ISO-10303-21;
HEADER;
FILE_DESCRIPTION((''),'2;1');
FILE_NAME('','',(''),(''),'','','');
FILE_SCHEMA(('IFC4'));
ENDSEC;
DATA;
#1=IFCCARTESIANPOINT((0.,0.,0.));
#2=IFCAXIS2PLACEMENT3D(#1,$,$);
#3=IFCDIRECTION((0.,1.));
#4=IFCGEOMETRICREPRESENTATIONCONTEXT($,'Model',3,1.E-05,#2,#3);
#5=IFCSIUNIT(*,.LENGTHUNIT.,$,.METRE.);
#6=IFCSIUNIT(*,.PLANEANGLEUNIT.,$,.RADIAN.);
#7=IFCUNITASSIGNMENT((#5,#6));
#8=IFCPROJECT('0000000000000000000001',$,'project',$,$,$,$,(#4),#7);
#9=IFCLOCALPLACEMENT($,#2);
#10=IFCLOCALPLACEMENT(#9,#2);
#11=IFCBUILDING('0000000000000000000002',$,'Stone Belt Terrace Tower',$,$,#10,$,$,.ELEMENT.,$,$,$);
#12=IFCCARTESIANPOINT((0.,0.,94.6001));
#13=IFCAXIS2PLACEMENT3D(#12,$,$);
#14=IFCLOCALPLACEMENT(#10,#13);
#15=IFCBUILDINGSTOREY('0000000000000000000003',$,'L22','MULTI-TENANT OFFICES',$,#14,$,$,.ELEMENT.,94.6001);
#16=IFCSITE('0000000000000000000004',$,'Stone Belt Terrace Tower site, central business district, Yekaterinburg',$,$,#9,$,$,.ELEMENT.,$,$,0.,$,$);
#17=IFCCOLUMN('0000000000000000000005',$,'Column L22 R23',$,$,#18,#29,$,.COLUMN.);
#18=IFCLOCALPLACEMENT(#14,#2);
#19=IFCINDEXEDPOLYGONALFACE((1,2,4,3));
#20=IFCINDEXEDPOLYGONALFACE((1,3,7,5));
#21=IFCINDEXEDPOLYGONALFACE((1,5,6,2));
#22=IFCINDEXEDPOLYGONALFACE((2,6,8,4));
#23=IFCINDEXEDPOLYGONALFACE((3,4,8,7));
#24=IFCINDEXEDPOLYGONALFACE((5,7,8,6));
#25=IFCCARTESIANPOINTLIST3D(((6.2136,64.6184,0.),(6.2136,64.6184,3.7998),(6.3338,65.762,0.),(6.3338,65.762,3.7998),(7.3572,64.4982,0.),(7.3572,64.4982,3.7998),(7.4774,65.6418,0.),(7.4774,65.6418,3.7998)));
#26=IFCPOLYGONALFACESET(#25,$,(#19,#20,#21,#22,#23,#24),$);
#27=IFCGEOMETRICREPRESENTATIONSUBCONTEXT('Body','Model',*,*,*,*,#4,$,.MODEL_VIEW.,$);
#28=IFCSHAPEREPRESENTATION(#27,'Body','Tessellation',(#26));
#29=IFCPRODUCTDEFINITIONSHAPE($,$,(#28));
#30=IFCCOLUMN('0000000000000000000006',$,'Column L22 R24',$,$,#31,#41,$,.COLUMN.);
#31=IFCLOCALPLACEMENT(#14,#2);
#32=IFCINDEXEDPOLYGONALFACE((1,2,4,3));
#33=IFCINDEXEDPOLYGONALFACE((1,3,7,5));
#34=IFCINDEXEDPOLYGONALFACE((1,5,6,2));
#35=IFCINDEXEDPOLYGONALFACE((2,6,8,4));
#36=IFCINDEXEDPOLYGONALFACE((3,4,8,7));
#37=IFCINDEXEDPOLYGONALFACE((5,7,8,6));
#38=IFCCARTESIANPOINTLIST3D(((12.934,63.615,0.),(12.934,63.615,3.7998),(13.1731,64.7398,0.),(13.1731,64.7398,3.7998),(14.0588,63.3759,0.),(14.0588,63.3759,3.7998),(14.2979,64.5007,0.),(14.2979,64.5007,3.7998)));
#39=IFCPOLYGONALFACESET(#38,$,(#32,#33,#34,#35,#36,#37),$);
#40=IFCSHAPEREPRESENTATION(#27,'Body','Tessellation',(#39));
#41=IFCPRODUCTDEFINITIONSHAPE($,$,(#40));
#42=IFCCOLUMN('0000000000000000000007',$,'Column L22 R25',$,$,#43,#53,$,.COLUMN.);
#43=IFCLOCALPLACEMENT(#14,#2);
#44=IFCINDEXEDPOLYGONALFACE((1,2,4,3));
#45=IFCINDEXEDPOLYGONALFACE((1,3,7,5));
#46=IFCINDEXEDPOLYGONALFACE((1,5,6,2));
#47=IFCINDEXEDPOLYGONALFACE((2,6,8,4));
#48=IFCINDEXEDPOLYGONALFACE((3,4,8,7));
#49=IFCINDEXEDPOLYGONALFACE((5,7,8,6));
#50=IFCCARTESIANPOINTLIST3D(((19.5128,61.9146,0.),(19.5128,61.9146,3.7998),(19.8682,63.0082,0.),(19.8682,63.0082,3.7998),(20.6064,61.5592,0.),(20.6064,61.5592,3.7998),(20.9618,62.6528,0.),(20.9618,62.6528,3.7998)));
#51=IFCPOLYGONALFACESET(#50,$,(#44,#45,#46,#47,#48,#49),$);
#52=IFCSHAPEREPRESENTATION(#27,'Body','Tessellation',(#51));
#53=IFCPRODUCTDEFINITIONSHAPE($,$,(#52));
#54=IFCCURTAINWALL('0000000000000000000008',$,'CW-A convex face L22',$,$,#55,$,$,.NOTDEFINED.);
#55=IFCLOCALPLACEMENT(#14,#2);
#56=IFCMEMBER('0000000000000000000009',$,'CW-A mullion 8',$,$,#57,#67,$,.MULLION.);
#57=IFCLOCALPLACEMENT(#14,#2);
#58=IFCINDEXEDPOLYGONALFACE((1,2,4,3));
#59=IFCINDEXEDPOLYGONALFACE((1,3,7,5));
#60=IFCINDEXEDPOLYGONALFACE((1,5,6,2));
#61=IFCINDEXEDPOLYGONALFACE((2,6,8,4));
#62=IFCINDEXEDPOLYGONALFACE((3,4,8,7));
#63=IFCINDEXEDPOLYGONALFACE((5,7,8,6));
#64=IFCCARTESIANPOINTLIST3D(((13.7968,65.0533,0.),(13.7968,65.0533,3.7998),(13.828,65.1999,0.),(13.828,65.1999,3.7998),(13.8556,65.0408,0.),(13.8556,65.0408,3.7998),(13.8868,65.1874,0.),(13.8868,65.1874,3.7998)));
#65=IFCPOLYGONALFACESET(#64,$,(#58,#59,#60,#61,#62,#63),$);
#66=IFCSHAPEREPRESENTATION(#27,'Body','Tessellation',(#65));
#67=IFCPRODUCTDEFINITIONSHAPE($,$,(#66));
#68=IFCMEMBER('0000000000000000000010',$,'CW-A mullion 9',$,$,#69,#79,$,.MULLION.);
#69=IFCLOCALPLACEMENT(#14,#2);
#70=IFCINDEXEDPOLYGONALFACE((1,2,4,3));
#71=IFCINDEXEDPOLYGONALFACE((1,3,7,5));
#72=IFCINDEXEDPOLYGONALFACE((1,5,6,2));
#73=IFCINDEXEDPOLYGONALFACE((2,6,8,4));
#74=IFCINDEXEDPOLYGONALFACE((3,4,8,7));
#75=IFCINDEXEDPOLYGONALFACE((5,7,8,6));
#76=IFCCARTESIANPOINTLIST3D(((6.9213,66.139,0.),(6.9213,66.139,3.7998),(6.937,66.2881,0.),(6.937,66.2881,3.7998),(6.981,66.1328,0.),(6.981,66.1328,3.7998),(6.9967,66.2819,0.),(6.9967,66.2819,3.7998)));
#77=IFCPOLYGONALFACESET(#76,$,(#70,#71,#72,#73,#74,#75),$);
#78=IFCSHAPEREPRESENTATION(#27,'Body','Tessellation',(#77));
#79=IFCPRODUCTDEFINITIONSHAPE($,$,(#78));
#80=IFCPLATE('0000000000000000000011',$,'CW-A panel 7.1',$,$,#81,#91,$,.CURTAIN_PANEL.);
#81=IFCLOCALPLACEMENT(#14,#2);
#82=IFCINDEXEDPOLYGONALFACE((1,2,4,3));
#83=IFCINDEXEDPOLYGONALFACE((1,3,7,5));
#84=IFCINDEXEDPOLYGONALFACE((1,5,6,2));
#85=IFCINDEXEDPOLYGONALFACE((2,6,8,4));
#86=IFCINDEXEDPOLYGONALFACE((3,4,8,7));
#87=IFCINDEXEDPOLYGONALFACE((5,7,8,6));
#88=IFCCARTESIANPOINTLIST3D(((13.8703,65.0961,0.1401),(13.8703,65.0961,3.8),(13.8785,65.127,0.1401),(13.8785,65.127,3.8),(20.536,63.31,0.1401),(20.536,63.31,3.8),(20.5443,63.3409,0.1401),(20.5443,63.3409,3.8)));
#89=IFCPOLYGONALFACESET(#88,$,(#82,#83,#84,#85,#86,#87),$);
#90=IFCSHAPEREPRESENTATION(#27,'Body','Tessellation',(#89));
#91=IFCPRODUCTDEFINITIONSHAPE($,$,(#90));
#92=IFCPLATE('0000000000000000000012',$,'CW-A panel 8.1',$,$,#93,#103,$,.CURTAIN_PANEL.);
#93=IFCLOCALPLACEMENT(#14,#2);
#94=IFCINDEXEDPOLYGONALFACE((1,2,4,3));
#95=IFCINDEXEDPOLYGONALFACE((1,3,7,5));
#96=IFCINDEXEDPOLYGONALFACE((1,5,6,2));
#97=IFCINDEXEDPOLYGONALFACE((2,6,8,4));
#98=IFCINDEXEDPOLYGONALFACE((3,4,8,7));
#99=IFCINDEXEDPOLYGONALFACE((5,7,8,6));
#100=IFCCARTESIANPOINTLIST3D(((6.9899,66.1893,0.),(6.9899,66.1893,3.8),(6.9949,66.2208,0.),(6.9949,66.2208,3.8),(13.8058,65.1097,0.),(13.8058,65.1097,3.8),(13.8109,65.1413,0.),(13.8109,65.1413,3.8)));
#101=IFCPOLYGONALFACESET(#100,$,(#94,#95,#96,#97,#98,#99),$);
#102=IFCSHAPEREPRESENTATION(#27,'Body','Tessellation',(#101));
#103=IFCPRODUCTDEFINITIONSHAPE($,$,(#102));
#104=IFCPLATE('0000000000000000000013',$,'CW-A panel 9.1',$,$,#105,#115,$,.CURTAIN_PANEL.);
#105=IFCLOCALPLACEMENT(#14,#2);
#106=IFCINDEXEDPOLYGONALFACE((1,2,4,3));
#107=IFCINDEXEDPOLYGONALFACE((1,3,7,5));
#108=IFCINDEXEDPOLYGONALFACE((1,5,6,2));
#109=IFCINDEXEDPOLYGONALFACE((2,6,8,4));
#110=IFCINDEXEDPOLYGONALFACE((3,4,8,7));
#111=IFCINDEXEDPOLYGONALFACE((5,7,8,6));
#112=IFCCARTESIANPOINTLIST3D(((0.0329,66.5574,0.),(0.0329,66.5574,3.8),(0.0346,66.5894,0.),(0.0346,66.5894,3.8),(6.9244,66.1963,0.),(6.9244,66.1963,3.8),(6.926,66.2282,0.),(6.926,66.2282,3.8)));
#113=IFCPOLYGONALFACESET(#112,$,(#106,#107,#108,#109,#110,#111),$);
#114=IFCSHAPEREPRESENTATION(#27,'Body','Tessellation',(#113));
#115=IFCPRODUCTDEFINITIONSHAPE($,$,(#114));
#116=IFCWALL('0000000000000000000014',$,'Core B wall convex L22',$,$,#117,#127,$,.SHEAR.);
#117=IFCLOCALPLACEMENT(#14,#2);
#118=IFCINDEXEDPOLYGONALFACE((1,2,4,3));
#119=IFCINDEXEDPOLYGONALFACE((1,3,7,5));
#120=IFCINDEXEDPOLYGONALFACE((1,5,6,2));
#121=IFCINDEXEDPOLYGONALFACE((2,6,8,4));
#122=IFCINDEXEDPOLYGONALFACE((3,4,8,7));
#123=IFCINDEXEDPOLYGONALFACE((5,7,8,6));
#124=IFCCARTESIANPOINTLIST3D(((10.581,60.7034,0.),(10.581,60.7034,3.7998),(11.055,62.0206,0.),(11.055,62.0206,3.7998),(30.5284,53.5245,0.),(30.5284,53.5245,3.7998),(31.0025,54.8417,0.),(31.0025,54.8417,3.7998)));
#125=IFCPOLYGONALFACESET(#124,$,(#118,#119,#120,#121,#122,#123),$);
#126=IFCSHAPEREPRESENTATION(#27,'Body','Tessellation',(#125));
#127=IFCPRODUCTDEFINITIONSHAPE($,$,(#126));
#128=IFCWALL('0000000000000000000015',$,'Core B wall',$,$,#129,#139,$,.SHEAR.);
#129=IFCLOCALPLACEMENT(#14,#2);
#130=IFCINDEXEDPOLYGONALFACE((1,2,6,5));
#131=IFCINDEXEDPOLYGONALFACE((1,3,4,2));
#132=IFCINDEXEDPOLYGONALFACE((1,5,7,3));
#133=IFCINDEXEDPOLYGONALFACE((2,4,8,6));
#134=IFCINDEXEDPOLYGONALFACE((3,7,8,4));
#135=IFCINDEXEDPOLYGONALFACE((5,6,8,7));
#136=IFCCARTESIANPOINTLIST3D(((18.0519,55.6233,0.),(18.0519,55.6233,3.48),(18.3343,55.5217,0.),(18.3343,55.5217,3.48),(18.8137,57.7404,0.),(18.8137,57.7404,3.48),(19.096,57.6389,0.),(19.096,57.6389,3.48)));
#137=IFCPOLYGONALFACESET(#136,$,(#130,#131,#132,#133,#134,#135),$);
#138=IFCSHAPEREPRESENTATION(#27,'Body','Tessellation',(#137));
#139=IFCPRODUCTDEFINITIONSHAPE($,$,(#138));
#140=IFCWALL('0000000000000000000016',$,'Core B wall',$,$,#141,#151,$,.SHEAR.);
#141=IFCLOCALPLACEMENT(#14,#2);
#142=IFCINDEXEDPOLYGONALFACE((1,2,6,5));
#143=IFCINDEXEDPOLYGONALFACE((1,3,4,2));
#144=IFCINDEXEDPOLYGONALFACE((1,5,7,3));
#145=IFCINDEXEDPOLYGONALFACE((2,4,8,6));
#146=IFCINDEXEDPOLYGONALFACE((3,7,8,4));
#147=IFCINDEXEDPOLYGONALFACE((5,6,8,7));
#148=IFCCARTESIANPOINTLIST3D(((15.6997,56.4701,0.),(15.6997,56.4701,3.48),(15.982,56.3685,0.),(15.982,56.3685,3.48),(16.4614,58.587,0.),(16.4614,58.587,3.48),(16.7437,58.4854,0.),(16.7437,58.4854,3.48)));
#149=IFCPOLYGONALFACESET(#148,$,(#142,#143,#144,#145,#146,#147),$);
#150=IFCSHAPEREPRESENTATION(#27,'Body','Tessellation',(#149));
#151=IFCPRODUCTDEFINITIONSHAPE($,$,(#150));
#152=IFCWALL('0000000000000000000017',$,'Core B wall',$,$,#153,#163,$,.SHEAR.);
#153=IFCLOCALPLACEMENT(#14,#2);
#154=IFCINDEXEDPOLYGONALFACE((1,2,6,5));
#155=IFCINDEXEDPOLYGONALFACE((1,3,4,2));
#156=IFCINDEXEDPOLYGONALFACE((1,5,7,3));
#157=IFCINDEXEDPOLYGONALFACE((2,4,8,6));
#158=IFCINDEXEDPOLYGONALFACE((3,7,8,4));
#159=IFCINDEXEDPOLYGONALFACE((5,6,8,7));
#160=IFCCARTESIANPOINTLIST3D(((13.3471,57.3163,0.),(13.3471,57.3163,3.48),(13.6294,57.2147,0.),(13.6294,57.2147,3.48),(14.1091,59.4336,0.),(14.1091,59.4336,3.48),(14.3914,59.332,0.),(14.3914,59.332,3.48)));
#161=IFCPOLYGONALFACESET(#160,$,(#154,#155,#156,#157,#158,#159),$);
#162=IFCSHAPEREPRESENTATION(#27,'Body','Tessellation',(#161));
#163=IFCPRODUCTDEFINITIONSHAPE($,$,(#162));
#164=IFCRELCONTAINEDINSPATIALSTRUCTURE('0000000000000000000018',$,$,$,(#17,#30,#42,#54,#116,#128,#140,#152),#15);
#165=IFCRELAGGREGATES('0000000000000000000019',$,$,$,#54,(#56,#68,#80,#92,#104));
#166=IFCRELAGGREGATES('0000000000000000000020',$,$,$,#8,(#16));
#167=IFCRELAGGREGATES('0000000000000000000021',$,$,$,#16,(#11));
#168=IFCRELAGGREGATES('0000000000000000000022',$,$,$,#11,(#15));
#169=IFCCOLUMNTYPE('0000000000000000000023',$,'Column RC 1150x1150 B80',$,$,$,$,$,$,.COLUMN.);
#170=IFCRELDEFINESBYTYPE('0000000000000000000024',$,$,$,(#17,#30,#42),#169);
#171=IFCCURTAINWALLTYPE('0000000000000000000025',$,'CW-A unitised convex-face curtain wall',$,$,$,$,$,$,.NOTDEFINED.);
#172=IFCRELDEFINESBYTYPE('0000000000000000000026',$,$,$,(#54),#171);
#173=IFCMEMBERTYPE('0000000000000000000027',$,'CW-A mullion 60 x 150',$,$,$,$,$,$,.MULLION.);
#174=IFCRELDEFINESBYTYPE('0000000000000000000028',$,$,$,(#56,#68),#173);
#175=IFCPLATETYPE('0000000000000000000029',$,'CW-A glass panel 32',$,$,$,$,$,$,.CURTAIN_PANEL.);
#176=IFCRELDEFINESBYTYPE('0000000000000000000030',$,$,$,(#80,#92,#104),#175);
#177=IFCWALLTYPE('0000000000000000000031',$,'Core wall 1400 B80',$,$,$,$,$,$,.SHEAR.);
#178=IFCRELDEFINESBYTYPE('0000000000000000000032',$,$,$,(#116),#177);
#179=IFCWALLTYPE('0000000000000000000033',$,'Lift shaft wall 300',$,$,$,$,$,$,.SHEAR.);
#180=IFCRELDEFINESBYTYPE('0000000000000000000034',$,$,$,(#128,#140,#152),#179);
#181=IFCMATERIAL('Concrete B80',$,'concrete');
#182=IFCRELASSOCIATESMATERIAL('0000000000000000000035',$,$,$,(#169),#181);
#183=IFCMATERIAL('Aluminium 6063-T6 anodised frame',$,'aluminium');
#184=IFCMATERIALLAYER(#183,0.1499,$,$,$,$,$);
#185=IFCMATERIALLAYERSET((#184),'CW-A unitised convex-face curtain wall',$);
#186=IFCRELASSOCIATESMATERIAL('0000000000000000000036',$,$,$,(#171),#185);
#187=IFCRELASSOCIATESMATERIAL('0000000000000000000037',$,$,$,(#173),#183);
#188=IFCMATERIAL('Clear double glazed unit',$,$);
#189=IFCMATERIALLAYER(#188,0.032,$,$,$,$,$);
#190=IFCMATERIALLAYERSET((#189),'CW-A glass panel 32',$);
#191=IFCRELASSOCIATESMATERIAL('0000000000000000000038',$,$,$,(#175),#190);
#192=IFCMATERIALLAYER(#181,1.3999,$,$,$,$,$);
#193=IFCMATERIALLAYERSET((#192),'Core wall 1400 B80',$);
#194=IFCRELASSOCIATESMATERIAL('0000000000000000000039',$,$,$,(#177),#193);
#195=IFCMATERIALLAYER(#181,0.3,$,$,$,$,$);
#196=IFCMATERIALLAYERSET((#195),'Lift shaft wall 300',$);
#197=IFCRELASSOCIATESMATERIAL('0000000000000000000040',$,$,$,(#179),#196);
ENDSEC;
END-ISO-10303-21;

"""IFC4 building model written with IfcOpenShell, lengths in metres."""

from ifc_helpers import new_model, si_unit, direction, frame, frame_2d, origin, origin_2d, place, context, subcontext, project, spatial, rectangle, extrude, material, layer, layer_set, material_profile, profile_set, type_object, element, aggregate, save


model = new_model("IFC4")

# Units and contexts
model_context = context("Model", 3, precision=1e-05, world=origin(), true_north=direction((0.0, 1.0)))
body_context = subcontext(model_context, "Body", "Model", "MODEL_VIEW")
ifc_project = project(units=[si_unit("LENGTHUNIT", "METRE"), si_unit("PLANEANGLEUNIT", "RADIAN")], contexts=[model_context])

# Site, building, storey
site_placement = place(None, origin())
site = spatial("IfcSite", under=ifc_project, at=site_placement, Name="Stone Belt Terrace Tower site, central business district, Yekaterinburg", CompositionType="ELEMENT", RefElevation=0.0)
building_placement = place(site_placement, origin())
building = spatial("IfcBuilding", under=site, at=building_placement, Name="Stone Belt Terrace Tower", CompositionType="ELEMENT")
storey_placement = place(building_placement, frame((0.0, 0.0, 94.6001)))
storey = spatial("IfcBuildingStorey", under=building, at=storey_placement, Name="L22", Description="MULTI-TENANT OFFICES", CompositionType="ELEMENT", Elevation=94.6001)

# Columns
ifc_material_1 = material(Name="Concrete B80", Category="concrete")
ifc_material_profile_1 = material_profile(ifc_material_1, rectangle(XDim=1.1499, YDim=1.1499, at=origin_2d()), Name="RC 1150x1150")
ifc_profile_set_1 = profile_set([ifc_material_profile_1], Name="Concrete B80")
column_type = type_object("IfcColumnType", Name="Column RC 1150x1150 B80", PredefinedType="COLUMN", material=ifc_profile_set_1)
for number, where, z_axis, x_axis, name in (
    (1, (6.8455, 65.1301, 0.0), (0.0, 0.0, 1.0), (0.994522, -0.104528, 0.0), "Column L22 R23"),
    (2, (13.616, 64.0579, 0.0), (0.0, 0.0, 1.0), (0.978148, -0.207912, 0.0), "Column L22 R24"),
    (3, (20.2373, 62.2837, 0.0), (0.0, 0.0, 1.0), (0.951057, -0.309017, 0.0), "Column L22 R25"),
):
    element("IfcColumn", number, at=place(storey_placement, frame(where, z_axis=z_axis, x_axis=x_axis)), inside=storey, type_object=column_type, Name=name, PredefinedType="COLUMN", context=body_context, shape_type="SweptSolid", body=[
        extrude(rectangle(XDim=1.1499, YDim=1.1499, at=origin_2d()), origin(), (0.0, 0.0, 1.0), 3.7998),
    ])

# Curtain wall, members, plates
ifc_material_2 = material(Name="Aluminium 6063-T6 anodised frame", Category="aluminium")
ifc_layer_1 = layer(ifc_material_2, 0.1499)
ifc_layer_set_1 = layer_set([ifc_layer_1], Name="CW-A unitised convex-face curtain wall")
curtain_wall_type = type_object("IfcCurtainWallType", Name="CW-A unitised convex-face curtain wall", PredefinedType="NOTDEFINED", material=ifc_layer_set_1)
curtain_wall_placement = place(storey_placement, origin())
curtain_wall = element("IfcCurtainWall", 4, at=curtain_wall_placement, inside=storey, type_object=curtain_wall_type, Name="CW-A convex face L22", PredefinedType="NOTDEFINED")
ifc_material_profile_2 = material_profile(ifc_material_2, rectangle(XDim=0.1499, YDim=0.0601, at=origin_2d()), Name="Aluminium 6063-T6 60x150")
ifc_profile_set_2 = profile_set([ifc_material_profile_2], Name="Aluminium 6063-T6 anodised frame")
member_type = type_object("IfcMemberType", Name="CW-A mullion 60 x 150", PredefinedType="MULLION", material=ifc_profile_set_2)
member_1_placement = place(storey_placement, frame((13.8418, 65.1204, 0.0), z_axis=(0.0, 0.0, 1.0), x_axis=(-0.207912, -0.978148, 0.0)))
member_1 = element("IfcMember", 5, at=member_1_placement, type_object=member_type, Name="CW-A mullion 8", PredefinedType="MULLION", context=body_context, shape_type="SweptSolid", body=[
    extrude(rectangle(XDim=0.1499, YDim=0.0601, at=origin_2d()), origin(), (0.0, 0.0, 1.0), 3.7998),
])
member_2_placement = place(storey_placement, frame((6.959, 66.2104, 0.0), z_axis=(0.0, 0.0, 1.0), x_axis=(-0.104528, -0.994522, 0.0)))
member_2 = element("IfcMember", 6, at=member_2_placement, type_object=member_type, Name="CW-A mullion 9", PredefinedType="MULLION", context=body_context, shape_type="SweptSolid", body=[
    extrude(rectangle(XDim=0.1499, YDim=0.0601, at=origin_2d()), origin(), (0.0, 0.0, 1.0), 3.7998),
])
ifc_material_3 = material(Name="Clear double glazed unit")
ifc_layer_2 = layer(ifc_material_3, 0.032)
ifc_layer_set_2 = layer_set([ifc_layer_2], Name="CW-A glass panel 32")
plate_type = type_object("IfcPlateType", Name="CW-A glass panel 32", PredefinedType="CURTAIN_PANEL", material=ifc_layer_set_2)
plate_1_placement = place(storey_placement, frame((17.2073, 64.2185, 0.1401), z_axis=(0.0, 0.0, 1.0), x_axis=(-0.965926, 0.258819, 0.0)))
plate_1 = element("IfcPlate", 7, at=plate_1_placement, type_object=plate_type, Name="CW-A panel 7.1", PredefinedType="CURTAIN_PANEL", context=body_context, shape_type="SweptSolid", body=[
    extrude(rectangle(XDim=6.9009, YDim=0.032, at=origin_2d()), origin(), (0.0, 0.0, 1.0), 3.6599),
])
plate_2_placement = place(storey_placement, frame((10.4004, 65.6653, 0.0), z_axis=(0.0, 0.0, 1.0), x_axis=(-0.987688, 0.156434, 0.0)))
plate_2 = element("IfcPlate", 8, at=plate_2_placement, type_object=plate_type, Name="CW-A panel 8.1", PredefinedType="CURTAIN_PANEL", context=body_context, shape_type="SweptSolid", body=[
    extrude(rectangle(XDim=6.9009, YDim=0.032, at=origin_2d()), origin(), (0.0, 0.0, 1.0), 3.8),
])
plate_3_placement = place(storey_placement, frame((3.4795, 66.3928, 0.0), z_axis=(0.0, 0.0, 1.0), x_axis=(-0.99863, 0.052336, 0.0)))
plate_3 = element("IfcPlate", 9, at=plate_3_placement, type_object=plate_type, Name="CW-A panel 9.1", PredefinedType="CURTAIN_PANEL", context=body_context, shape_type="SweptSolid", body=[
    extrude(rectangle(XDim=6.9009, YDim=0.032, at=origin_2d()), origin(), (0.0, 0.0, 1.0), 3.8),
])
aggregate(curtain_wall, [member_1, member_2, plate_1, plate_2, plate_3])

# Walls
ifc_layer_3 = layer(ifc_material_1, 1.3999)
ifc_layer_set_3 = layer_set([ifc_layer_3], Name="Core wall 1400 B80")
wall_type_1 = type_object("IfcWallType", Name="Core wall 1400 B80", PredefinedType="SHEAR", material=ifc_layer_set_3)
wall_1_placement = place(storey_placement, frame((10.8179, 61.3621, 0.0), z_axis=(0.0, 0.0, 1.0), x_axis=(0.94092, -0.33863, 0.0)))
element("IfcWall", 10, at=wall_1_placement, inside=storey, type_object=wall_type_1, Name="Core B wall convex L22", PredefinedType="SHEAR", context=body_context, shape_type="SweptSolid", body=[
    extrude(rectangle(XDim=21.2, YDim=1.3999, at=frame_2d((10.6001, 0.0))), origin(), (0.0, 0.0, 1.0), 3.7998),
])
ifc_layer_4 = layer(ifc_material_1, 0.3)
ifc_layer_set_4 = layer_set([ifc_layer_4], Name="Lift shaft wall 300")
wall_type_2 = type_object("IfcWallType", Name="Lift shaft wall 300", PredefinedType="SHEAR", material=ifc_layer_set_4)
wall_2_placement = place(storey_placement, frame((18.1931, 55.5725, 0.0), z_axis=(0.0, 0.0, 1.0), x_axis=(0.338535, 0.940954, 0.0)))
element("IfcWall", 11, at=wall_2_placement, inside=storey, type_object=wall_type_2, Name="Core B wall", PredefinedType="SHEAR", context=body_context, shape_type="SweptSolid", body=[
    extrude(rectangle(XDim=2.25, YDim=0.3, at=frame_2d((1.125, 0.0))), origin(), (0.0, 0.0, 1.0), 3.48),
])
wall_3_placement = place(storey_placement, frame((15.8408, 56.4192, 0.0), z_axis=(0.0, 0.0, 1.0), x_axis=(0.33857, 0.940941, 0.0)))
element("IfcWall", 12, at=wall_3_placement, inside=storey, type_object=wall_type_2, Name="Core B wall", PredefinedType="SHEAR", context=body_context, shape_type="SweptSolid", body=[
    extrude(rectangle(XDim=2.2498, YDim=0.3, at=frame_2d((1.125, 0.0))), origin(), (0.0, 0.0, 1.0), 3.48),
])
wall_4_placement = place(storey_placement, frame((13.4883, 57.2656, 0.0), z_axis=(0.0, 0.0, 1.0), x_axis=(0.338631, 0.940919, 0.0)))
element("IfcWall", 13, at=wall_4_placement, inside=storey, type_object=wall_type_2, Name="Core B wall", PredefinedType="SHEAR", context=body_context, shape_type="SweptSolid", body=[
    extrude(rectangle(XDim=2.2502, YDim=0.3, at=frame_2d((1.125, 0.0))), origin(), (0.0, 0.0, 1.0), 3.48),
])

save(model, "model.ifc")
